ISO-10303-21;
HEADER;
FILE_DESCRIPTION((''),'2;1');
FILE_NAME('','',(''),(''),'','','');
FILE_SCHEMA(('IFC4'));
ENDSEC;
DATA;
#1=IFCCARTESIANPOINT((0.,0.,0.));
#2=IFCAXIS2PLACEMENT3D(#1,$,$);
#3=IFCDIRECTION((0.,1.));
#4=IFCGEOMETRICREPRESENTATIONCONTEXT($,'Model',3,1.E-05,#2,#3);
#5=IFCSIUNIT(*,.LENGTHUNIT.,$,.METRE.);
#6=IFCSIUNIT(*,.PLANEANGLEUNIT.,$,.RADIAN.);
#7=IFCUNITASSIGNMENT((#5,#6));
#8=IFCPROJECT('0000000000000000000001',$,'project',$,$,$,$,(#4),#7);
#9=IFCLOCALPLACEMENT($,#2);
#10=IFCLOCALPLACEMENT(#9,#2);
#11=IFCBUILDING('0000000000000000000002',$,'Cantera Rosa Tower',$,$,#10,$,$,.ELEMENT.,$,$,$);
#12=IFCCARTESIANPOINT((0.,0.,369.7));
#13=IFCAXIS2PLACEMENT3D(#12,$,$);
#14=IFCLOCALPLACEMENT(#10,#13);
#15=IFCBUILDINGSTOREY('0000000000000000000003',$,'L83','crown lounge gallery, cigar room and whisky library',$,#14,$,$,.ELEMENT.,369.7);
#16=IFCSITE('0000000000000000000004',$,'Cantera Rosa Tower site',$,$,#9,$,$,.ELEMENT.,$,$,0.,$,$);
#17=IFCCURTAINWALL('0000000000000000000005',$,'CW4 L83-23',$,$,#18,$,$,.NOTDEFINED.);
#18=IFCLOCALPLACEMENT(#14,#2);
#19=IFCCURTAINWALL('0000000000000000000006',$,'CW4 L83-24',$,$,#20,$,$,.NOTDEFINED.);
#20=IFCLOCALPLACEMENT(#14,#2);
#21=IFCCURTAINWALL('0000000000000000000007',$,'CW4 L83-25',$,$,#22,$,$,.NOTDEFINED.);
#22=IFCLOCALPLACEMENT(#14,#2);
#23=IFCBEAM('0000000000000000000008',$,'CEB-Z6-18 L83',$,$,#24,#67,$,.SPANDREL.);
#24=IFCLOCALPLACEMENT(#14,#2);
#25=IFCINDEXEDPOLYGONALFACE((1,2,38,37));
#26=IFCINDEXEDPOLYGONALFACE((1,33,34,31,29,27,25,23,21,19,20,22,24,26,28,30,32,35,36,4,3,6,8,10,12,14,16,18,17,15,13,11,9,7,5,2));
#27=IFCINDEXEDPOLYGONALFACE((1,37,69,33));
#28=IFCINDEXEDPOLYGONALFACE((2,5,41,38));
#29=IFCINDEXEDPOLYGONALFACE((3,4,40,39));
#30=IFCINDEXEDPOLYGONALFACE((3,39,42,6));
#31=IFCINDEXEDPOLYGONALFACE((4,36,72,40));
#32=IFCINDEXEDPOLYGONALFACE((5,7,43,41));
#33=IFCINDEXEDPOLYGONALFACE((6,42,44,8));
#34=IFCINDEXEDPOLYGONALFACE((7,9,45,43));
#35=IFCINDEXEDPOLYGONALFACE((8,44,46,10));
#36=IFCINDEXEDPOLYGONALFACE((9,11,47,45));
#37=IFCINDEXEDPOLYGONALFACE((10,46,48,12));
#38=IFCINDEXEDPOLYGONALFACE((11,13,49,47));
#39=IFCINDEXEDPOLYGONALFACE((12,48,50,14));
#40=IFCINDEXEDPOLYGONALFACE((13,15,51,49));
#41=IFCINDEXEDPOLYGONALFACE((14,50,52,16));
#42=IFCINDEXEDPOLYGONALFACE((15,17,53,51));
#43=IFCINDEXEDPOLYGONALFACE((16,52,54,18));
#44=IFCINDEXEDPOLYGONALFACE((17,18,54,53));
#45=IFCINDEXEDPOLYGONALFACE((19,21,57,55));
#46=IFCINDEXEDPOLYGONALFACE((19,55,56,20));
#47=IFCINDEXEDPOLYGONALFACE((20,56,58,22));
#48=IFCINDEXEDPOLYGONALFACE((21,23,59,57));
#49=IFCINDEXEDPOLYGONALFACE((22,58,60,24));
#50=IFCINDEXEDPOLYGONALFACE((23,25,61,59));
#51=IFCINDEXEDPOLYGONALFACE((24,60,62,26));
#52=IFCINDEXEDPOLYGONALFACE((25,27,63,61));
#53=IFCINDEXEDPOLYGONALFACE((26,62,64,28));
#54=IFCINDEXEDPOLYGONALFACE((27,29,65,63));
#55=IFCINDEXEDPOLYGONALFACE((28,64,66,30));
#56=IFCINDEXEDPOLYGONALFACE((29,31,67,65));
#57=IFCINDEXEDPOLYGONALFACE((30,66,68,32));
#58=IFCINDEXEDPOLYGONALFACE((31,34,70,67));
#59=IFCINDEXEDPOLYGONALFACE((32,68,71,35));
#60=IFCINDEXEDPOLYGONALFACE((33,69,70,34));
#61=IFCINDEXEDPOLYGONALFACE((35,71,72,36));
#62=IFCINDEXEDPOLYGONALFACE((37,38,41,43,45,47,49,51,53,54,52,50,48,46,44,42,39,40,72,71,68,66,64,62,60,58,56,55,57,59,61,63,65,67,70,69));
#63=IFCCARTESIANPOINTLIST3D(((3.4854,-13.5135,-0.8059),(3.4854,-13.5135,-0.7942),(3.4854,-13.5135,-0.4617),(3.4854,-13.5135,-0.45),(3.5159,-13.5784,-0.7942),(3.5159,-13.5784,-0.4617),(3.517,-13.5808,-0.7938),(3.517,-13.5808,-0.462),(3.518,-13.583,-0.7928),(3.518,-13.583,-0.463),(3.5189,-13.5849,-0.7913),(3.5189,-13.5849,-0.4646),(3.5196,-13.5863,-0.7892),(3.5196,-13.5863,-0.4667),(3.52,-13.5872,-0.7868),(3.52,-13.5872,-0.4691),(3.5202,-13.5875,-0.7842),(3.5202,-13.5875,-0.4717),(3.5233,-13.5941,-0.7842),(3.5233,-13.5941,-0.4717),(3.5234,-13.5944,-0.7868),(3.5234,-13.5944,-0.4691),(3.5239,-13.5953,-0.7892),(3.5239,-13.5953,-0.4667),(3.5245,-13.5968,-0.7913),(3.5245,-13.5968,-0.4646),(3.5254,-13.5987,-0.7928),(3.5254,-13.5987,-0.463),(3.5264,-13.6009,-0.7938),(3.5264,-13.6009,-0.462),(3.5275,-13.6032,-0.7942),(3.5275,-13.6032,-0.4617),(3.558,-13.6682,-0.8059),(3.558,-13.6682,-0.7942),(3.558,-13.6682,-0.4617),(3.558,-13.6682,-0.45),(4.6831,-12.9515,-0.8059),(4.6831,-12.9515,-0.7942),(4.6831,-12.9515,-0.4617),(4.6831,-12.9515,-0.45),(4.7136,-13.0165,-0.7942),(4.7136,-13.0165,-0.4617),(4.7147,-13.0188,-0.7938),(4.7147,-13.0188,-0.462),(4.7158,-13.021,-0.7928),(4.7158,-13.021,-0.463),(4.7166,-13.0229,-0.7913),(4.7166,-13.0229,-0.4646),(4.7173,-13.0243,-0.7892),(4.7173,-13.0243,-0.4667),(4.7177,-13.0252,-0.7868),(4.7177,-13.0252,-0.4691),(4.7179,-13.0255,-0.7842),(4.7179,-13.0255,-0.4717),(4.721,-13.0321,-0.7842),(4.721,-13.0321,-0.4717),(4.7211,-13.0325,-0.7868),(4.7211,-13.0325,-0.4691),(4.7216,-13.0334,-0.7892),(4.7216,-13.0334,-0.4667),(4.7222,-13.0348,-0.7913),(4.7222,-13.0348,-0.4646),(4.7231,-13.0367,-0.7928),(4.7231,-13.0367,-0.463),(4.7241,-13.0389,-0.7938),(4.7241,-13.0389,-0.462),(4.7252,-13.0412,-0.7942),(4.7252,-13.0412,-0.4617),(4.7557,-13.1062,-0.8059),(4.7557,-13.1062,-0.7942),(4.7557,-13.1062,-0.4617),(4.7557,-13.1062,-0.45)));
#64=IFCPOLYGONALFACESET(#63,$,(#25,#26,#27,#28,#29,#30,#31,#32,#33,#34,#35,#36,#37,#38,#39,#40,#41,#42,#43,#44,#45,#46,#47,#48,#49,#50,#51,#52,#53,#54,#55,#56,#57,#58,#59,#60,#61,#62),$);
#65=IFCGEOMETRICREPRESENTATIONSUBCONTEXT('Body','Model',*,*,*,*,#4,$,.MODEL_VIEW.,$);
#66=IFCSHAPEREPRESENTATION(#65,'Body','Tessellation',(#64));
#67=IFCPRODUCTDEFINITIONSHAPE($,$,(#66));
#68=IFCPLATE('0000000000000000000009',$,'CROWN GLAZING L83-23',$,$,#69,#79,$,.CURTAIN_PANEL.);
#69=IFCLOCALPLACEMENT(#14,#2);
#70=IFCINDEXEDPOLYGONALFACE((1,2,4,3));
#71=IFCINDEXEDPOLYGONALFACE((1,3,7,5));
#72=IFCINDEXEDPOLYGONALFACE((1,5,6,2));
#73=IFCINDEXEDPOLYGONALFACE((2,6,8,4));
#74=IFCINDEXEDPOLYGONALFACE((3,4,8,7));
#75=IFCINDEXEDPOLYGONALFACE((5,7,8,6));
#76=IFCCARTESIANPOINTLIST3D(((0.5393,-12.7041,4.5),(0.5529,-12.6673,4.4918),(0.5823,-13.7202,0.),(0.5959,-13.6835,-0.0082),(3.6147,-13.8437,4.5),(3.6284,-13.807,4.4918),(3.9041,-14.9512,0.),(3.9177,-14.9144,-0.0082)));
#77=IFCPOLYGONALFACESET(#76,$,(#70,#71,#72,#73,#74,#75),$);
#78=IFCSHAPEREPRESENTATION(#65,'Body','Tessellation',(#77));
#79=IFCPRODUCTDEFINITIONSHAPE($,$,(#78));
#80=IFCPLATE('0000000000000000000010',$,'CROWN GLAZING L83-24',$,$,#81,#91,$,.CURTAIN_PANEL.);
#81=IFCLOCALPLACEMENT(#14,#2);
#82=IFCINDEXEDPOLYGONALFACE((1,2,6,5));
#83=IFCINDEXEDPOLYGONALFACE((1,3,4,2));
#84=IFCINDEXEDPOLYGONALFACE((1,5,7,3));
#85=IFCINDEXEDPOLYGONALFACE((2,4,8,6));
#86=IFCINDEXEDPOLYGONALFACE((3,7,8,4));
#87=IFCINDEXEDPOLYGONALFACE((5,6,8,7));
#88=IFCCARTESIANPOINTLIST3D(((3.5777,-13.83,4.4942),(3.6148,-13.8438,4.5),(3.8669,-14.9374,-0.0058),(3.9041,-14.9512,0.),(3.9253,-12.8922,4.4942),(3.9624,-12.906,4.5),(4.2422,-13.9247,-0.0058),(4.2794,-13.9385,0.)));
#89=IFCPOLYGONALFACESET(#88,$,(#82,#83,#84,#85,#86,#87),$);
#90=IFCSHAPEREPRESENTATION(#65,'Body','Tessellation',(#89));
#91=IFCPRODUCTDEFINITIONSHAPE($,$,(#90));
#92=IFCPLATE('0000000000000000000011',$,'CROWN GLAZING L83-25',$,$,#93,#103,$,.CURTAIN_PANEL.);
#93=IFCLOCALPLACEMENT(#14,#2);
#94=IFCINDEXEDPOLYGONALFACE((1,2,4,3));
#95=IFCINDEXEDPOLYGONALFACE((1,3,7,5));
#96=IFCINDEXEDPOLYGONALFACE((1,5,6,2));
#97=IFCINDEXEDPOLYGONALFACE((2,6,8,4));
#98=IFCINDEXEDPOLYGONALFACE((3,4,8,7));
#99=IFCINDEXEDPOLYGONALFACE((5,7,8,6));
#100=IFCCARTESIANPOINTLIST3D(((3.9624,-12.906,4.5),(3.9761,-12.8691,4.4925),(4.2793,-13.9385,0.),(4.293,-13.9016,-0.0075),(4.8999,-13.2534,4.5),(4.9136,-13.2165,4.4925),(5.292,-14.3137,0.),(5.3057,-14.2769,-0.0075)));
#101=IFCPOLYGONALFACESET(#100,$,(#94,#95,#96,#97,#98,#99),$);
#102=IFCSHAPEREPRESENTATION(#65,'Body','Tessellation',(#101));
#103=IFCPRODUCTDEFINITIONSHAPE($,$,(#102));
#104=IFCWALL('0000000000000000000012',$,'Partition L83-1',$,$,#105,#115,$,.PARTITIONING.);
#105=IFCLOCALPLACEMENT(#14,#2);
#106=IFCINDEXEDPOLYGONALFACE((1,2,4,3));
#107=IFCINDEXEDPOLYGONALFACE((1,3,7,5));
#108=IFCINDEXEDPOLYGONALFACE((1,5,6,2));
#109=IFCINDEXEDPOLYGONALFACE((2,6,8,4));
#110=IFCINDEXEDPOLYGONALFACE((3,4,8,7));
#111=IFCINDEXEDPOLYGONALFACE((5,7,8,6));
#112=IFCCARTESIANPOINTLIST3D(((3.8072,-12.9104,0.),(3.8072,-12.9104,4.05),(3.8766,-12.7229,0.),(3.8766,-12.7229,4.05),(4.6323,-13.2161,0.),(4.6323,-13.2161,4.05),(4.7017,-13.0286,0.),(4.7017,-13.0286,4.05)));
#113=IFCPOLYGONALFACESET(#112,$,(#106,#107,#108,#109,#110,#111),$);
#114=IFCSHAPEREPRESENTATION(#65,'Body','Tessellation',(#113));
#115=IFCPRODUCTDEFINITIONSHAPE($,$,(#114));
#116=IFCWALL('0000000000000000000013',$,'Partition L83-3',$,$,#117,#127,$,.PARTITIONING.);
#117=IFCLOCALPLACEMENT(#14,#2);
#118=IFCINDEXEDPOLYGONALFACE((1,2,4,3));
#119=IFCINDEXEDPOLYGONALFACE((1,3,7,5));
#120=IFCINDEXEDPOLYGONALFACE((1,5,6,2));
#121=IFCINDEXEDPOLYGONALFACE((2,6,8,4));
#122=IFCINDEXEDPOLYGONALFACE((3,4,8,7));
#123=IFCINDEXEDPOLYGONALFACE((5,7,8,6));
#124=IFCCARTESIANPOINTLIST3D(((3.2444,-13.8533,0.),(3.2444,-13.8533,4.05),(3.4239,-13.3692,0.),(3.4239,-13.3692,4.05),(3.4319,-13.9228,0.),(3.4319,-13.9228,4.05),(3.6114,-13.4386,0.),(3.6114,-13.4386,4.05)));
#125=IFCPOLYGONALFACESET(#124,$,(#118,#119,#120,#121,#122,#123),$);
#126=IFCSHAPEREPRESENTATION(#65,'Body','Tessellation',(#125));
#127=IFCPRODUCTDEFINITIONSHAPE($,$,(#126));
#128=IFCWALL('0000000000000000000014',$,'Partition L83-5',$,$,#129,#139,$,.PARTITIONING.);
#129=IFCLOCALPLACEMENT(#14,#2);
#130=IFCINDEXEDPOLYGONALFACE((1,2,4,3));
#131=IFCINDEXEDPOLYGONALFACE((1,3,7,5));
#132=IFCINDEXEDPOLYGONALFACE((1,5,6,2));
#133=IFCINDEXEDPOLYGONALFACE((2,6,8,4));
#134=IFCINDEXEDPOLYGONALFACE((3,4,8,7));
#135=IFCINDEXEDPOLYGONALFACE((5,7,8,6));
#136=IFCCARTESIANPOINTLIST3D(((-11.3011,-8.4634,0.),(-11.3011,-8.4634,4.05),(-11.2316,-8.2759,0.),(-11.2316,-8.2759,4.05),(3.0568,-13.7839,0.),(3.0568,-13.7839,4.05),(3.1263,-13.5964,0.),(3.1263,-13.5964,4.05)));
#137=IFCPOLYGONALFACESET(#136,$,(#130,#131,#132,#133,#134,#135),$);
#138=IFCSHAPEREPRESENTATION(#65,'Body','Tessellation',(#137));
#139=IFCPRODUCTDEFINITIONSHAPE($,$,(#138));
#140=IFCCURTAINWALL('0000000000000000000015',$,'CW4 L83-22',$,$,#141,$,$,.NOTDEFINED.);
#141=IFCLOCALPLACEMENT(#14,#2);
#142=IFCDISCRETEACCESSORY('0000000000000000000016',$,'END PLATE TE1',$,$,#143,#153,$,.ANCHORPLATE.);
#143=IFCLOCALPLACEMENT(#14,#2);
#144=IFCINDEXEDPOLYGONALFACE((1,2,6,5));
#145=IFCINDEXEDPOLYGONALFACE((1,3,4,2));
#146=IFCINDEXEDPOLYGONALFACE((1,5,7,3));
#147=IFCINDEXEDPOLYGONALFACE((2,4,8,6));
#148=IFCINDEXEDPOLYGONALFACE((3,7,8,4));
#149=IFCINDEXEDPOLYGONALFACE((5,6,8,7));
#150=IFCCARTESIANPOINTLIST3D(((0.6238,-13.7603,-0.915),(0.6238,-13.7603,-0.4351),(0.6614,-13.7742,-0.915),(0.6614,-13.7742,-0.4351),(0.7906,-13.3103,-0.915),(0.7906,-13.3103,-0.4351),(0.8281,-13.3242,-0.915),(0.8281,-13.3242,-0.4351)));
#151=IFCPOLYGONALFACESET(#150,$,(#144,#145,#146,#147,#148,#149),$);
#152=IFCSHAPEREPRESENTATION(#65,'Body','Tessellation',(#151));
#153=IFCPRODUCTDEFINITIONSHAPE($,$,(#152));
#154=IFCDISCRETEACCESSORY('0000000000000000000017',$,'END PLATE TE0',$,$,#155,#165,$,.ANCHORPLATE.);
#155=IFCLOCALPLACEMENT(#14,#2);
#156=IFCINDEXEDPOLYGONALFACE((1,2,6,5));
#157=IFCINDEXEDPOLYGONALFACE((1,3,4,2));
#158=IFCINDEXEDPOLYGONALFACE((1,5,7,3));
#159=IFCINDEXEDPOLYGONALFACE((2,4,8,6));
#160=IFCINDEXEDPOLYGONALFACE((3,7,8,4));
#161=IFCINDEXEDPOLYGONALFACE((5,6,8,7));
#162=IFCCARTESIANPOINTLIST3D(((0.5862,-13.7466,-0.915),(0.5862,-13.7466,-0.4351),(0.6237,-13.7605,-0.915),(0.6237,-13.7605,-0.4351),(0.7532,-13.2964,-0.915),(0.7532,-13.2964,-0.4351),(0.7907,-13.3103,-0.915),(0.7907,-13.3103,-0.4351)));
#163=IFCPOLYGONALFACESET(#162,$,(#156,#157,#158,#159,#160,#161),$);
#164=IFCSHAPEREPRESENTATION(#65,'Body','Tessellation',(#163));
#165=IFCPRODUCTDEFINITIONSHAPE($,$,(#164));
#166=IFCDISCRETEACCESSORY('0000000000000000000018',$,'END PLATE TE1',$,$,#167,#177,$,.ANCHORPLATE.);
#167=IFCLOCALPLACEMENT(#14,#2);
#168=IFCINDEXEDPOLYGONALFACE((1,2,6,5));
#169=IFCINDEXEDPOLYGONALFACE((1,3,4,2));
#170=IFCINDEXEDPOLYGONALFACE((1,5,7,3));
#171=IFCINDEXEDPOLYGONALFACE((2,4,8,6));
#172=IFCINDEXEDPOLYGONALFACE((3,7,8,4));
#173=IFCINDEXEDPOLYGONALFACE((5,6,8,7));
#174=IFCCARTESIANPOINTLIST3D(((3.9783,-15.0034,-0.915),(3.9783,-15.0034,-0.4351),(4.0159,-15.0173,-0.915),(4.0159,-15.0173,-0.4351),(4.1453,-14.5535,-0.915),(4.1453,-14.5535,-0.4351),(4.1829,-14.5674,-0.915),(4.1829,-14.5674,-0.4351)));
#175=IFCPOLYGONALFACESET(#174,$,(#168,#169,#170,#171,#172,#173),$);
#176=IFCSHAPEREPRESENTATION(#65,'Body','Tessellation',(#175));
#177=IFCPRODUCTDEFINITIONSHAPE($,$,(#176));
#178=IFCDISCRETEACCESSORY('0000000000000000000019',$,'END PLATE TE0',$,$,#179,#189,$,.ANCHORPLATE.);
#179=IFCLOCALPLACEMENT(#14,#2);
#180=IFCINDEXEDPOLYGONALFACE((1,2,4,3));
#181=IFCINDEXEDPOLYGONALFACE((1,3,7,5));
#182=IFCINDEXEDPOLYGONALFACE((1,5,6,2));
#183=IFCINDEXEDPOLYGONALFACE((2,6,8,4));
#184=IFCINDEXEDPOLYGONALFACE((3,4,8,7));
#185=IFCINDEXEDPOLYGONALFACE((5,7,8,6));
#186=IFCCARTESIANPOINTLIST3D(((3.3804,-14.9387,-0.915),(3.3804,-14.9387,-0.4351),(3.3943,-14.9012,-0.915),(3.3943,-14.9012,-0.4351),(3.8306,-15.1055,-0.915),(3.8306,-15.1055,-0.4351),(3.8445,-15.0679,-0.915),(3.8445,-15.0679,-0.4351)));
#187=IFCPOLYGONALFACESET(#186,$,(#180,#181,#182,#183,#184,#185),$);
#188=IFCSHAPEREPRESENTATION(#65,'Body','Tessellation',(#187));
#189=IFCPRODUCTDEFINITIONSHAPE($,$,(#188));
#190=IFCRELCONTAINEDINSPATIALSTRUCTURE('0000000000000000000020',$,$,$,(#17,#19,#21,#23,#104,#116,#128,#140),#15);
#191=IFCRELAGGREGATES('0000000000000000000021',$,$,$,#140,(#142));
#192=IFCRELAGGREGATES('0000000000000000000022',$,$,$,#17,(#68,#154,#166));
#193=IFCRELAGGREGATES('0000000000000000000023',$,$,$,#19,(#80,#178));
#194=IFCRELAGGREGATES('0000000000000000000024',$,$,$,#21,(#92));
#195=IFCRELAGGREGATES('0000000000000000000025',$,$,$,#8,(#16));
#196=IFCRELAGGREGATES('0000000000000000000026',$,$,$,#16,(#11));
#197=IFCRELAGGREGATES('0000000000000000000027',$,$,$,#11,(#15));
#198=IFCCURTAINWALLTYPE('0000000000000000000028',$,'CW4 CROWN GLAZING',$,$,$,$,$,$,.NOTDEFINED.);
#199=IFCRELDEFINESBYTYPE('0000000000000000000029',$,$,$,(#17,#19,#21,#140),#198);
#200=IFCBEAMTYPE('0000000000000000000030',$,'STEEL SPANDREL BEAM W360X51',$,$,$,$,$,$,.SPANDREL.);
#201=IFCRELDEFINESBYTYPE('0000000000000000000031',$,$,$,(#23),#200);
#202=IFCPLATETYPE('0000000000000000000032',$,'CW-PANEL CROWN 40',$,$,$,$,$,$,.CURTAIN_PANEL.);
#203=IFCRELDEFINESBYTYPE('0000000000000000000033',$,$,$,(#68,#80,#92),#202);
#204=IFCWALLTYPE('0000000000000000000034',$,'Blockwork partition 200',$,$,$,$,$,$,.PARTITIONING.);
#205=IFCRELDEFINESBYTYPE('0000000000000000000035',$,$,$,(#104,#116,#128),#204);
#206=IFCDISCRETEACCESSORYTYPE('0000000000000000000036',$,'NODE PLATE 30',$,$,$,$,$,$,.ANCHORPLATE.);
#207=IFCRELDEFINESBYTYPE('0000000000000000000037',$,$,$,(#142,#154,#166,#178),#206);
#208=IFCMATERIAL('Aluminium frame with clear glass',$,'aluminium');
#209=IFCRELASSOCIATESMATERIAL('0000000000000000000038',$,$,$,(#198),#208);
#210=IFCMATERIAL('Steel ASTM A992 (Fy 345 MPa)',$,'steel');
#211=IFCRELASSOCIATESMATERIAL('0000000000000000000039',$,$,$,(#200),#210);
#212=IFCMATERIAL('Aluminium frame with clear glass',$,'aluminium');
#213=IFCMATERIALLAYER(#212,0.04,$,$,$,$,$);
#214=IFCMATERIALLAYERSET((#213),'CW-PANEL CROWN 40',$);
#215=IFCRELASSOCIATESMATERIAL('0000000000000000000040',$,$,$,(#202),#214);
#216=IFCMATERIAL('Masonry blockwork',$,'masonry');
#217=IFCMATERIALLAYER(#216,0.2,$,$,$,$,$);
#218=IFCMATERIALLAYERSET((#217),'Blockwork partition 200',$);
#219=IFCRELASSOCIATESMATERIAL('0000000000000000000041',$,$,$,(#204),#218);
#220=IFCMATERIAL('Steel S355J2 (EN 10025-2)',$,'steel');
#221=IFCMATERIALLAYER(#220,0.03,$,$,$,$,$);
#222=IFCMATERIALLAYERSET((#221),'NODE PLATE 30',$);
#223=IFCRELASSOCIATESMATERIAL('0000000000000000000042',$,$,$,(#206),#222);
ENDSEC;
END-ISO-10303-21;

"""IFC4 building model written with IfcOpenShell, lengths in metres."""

from ifc_helpers import new_model, si_unit, direction, frame, frame_2d, origin, origin_2d, place, context, subcontext, project, spatial, polyline, rectangle, i_section, outline, extrude, material, layer, layer_set, material_profile, profile_set, type_object, element, aggregate, save


model = new_model("IFC4")

# Units and contexts
model_context = context("Model", 3, precision=1e-05, world=origin(), true_north=direction((0.0, 1.0)))
body_context = subcontext(model_context, "Body", "Model", "MODEL_VIEW")
ifc_project = project(units=[si_unit("LENGTHUNIT", "METRE"), si_unit("PLANEANGLEUNIT", "RADIAN")], contexts=[model_context])

# Site, building, storey
site_placement = place(None, origin())
site = spatial("IfcSite", under=ifc_project, at=site_placement, Name="Cantera Rosa Tower site", CompositionType="ELEMENT", RefElevation=0.0)
building_placement = place(site_placement, origin())
building = spatial("IfcBuilding", under=site, at=building_placement, Name="Cantera Rosa Tower", CompositionType="ELEMENT")
storey_placement = place(building_placement, frame((0.0, 0.0, 369.7)))
storey = spatial("IfcBuildingStorey", under=building, at=storey_placement, Name="L83", Description="crown lounge gallery, cigar room and whisky library", CompositionType="ELEMENT", Elevation=369.7)

# Curtain walls
ifc_material_1 = material(Name="Aluminium frame with clear glass", Category="aluminium")
curtain_wall_type = type_object("IfcCurtainWallType", Name="CW4 CROWN GLAZING", PredefinedType="NOTDEFINED", material=ifc_material_1)
curtain_wall_1_placement = place(storey_placement, origin())
curtain_wall_1 = element("IfcCurtainWall", 1, at=curtain_wall_1_placement, inside=storey, type_object=curtain_wall_type, Name="CW4 L83-23", PredefinedType="NOTDEFINED")
curtain_wall_2_placement = place(storey_placement, origin())
curtain_wall_2 = element("IfcCurtainWall", 2, at=curtain_wall_2_placement, inside=storey, type_object=curtain_wall_type, Name="CW4 L83-24", PredefinedType="NOTDEFINED")
curtain_wall_3_placement = place(storey_placement, origin())
curtain_wall_3 = element("IfcCurtainWall", 3, at=curtain_wall_3_placement, inside=storey, type_object=curtain_wall_type, Name="CW4 L83-25", PredefinedType="NOTDEFINED")

# Beam
ifc_material_2 = material(Name="Steel ASTM A992 (Fy 345 MPa)", Category="steel")
ifc_material_profile_1 = material_profile(ifc_material_2, i_section(OverallWidth=0.1709, OverallDepth=0.356, WebThickness=0.0073, FlangeThickness=0.0117, FilletRadius=0.01, at=origin_2d()), Name="W360X51")
ifc_profile_set_1 = profile_set([ifc_material_profile_1], Name="Steel ASTM A992 (Fy 345 MPa)")
beam_type = type_object("IfcBeamType", Name="STEEL SPANDREL BEAM W360X51", PredefinedType="SPANDREL", material=ifc_profile_set_1)
beam_1_placement = place(storey_placement, frame((3.5217, -13.5908, -0.6279), z_axis=(0.905295, 0.424784, 0.0), x_axis=(-0.424784, 0.905295, 0.0)))
element("IfcBeam", 4, at=beam_1_placement, inside=storey, type_object=beam_type, Name="CEB-Z6-18 L83", PredefinedType="SPANDREL", context=body_context, shape_type="SweptSolid", body=[
    extrude(i_section(OverallWidth=0.1709, OverallDepth=0.356, WebThickness=0.0073, FlangeThickness=0.0117, FilletRadius=0.01, at=origin_2d()), origin(), (0.0, 0.0, 1.0), 1.323),
])

# Plates
ifc_material_3 = material(Name="Aluminium frame with clear glass", Category="aluminium")
ifc_layer_1 = layer(ifc_material_3, 0.04)
ifc_layer_set_1 = layer_set([ifc_layer_1], Name="CW-PANEL CROWN 40")
plate_type = type_object("IfcPlateType", Name="CW-PANEL CROWN 40", PredefinedType="CURTAIN_PANEL", material=ifc_layer_set_1)
plate_1_placement = place(storey_placement, frame((0.5823, -13.7202, 0.0), z_axis=(-0.340168, -0.917963, 0.204033), x_axis=(0.937688, -0.347478, -0.000001)))
plate_1 = element("IfcPlate", 5, at=plate_1_placement, type_object=plate_type, Name="CROWN GLAZING L83-23", PredefinedType="CURTAIN_PANEL", context=body_context, shape_type="SweptSolid", body=[
    extrude(outline(polyline([(0.0, 0.0), (3.5425, 0.0), (2.8864, 4.5967), (-0.3934, 4.5967), (0.0, 0.0)])), origin(), (0.0, 0.0, -1.0), 0.04),
])
plate_2_placement = place(storey_placement, frame((3.9041, -14.9512, 0.0), z_axis=(0.927859, -0.343897, 0.144264), x_axis=(0.347531, 0.937669, 0.000012)))
plate_2 = element("IfcPlate", 6, at=plate_2_placement, type_object=plate_type, Name="CROWN GLAZING L83-24", PredefinedType="CURTAIN_PANEL", context=body_context, shape_type="SweptSolid", body=[
    extrude(outline(polyline([(0.0, 0.0), (1.08, 0.0), (1.938, 4.5475), (0.9379, 4.5476), (0.0, 0.0)])), origin(), (0.0, 0.0, -1.0), 0.04),
])
plate_3_placement = place(storey_placement, frame((4.2793, -13.9385, 0.0), z_axis=(-0.341318, -0.921098, 0.187296), x_axis=(0.937692, -0.347467, 0.000003)))
plate_3 = element("IfcPlate", 7, at=plate_3_placement, type_object=plate_type, Name="CROWN GLAZING L83-25", PredefinedType="CURTAIN_PANEL", context=body_context, shape_type="SweptSolid", body=[
    extrude(outline(polyline([(0.0, 0.0), (1.08, 0.0), (0.3439, 4.5811), (-0.6559, 4.5811), (0.0, 0.0)])), origin(), (0.0, 0.0, -1.0), 0.04),
])

# Walls
ifc_material_4 = material(Name="Masonry blockwork", Category="masonry")
ifc_layer_2 = layer(ifc_material_4, 0.2)
ifc_layer_set_2 = layer_set([ifc_layer_2], Name="Blockwork partition 200")
wall_type = type_object("IfcWallType", Name="Blockwork partition 200", PredefinedType="PARTITIONING", material=ifc_layer_set_2)
wall_1_placement = place(storey_placement, frame((4.667, -13.1223, 0.0), z_axis=(0.0, 0.0, 1.0), x_axis=(-0.937735, 0.34735, 0.0)))
element("IfcWall", 8, at=wall_1_placement, inside=storey, type_object=wall_type, Name="Partition L83-1", PredefinedType="PARTITIONING", context=body_context, shape_type="SweptSolid", body=[
    extrude(rectangle(XDim=0.8799, YDim=0.2, at=frame_2d((0.4399, 0.0))), origin(), (0.0, 0.0, 1.0), 4.05),
])
wall_2_placement = place(storey_placement, frame((3.3381, -13.8882, 0.0), z_axis=(0.0, 0.0, 1.0), x_axis=(0.347545, 0.937663, 0.0)))
element("IfcWall", 9, at=wall_2_placement, inside=storey, type_object=wall_type, Name="Partition L83-3", PredefinedType="PARTITIONING", context=body_context, shape_type="SweptSolid", body=[
    extrude(rectangle(XDim=0.5164, YDim=0.2, at=frame_2d((0.2583, 0.0))), origin(), (0.0, 0.0, 1.0), 4.05),
])
wall_3_placement = place(storey_placement, frame((3.0916, -13.6902, 0.0), z_axis=(0.0, 0.0, 1.0), x_axis=(-0.937689, 0.347476, 0.0)))
element("IfcWall", 10, at=wall_3_placement, inside=storey, type_object=wall_type, Name="Partition L83-5", PredefinedType="PARTITIONING", context=body_context, shape_type="SweptSolid", body=[
    extrude(rectangle(XDim=15.312, YDim=0.2, at=frame_2d((7.656, 0.0))), origin(), (0.0, 0.0, 1.0), 4.05),
])

# Curtain wall, discrete accessory
curtain_wall_4_placement = place(storey_placement, origin())
curtain_wall_4 = element("IfcCurtainWall", 11, at=curtain_wall_4_placement, inside=storey, type_object=curtain_wall_type, Name="CW4 L83-22", PredefinedType="NOTDEFINED")
ifc_material_5 = material(Name="Steel S355J2 (EN 10025-2)", Category="steel")
ifc_layer_3 = layer(ifc_material_5, 0.03)
ifc_layer_set_3 = layer_set([ifc_layer_3], Name="NODE PLATE 30")
discrete_accessory_type = type_object("IfcDiscreteAccessoryType", Name="NODE PLATE 30", PredefinedType="ANCHORPLATE", material=ifc_layer_set_3)
discrete_accessory_1_placement = place(storey_placement, frame((0.8281, -13.3242, -0.4351), z_axis=(0.937681, -0.347497, 0.0), x_axis=(-0.347497, -0.937681, 0.0)))
discrete_accessory_1 = element("IfcDiscreteAccessory", 12, at=discrete_accessory_1_placement, type_object=discrete_accessory_type, Name="END PLATE TE1", PredefinedType="ANCHORPLATE", context=body_context, shape_type="SweptSolid", body=[
    extrude(outline(polyline([(0.0, 0.0), (0.4799, 0.0), (0.4799, 0.48), (0.0, 0.48), (0.0, 0.0)])), origin(), (0.0, 0.0, -1.0), 0.04),
])
aggregate(curtain_wall_4, [discrete_accessory_1])

# Discrete accessories
discrete_accessory_2_placement = place(storey_placement, frame((0.5862, -13.7466, -0.4351), z_axis=(-0.937577, 0.347778, 0.0), x_axis=(0.347778, 0.937577, 0.0)))
discrete_accessory_2 = element("IfcDiscreteAccessory", 13, at=discrete_accessory_2_placement, type_object=discrete_accessory_type, Name="END PLATE TE0", PredefinedType="ANCHORPLATE", context=body_context, shape_type="SweptSolid", body=[
    extrude(outline(polyline([(0.0, 0.0), (0.4802, 0.0), (0.4802, 0.48), (0.0, 0.48), (0.0, 0.0)])), origin(), (0.0, 0.0, -1.0), 0.04),
])
discrete_accessory_3_placement = place(storey_placement, frame((4.1829, -14.5674, -0.4351), z_axis=(0.937515, -0.347944, 0.0), x_axis=(-0.347944, -0.937515, 0.0)))
discrete_accessory_3 = element("IfcDiscreteAccessory", 14, at=discrete_accessory_3_placement, type_object=discrete_accessory_type, Name="END PLATE TE1", PredefinedType="ANCHORPLATE", context=body_context, shape_type="SweptSolid", body=[
    extrude(outline(polyline([(0.0, 0.0), (0.4799, 0.0), (0.4799, 0.48), (0.0, 0.48), (0.0, 0.0)])), origin(), (0.0, 0.0, -1.0), 0.04),
])
aggregate(curtain_wall_1, [plate_1, discrete_accessory_2, discrete_accessory_3])
discrete_accessory_4_placement = place(storey_placement, frame((3.8306, -15.1055, -0.4351), z_axis=(-0.347331, -0.937743, 0.0), x_axis=(-0.937743, 0.347331, 0.0)))
discrete_accessory_4 = element("IfcDiscreteAccessory", 15, at=discrete_accessory_4_placement, type_object=discrete_accessory_type, Name="END PLATE TE0", PredefinedType="ANCHORPLATE", context=body_context, shape_type="SweptSolid", body=[
    extrude(outline(polyline([(0.0, 0.0), (0.4801, 0.0), (0.4801, 0.48), (0.0, 0.48), (0.0, 0.0)])), origin(), (0.0, 0.0, -1.0), 0.04),
])
aggregate(curtain_wall_2, [plate_2, discrete_accessory_4])
aggregate(curtain_wall_3, [plate_3])

save(model, "model.ifc")
